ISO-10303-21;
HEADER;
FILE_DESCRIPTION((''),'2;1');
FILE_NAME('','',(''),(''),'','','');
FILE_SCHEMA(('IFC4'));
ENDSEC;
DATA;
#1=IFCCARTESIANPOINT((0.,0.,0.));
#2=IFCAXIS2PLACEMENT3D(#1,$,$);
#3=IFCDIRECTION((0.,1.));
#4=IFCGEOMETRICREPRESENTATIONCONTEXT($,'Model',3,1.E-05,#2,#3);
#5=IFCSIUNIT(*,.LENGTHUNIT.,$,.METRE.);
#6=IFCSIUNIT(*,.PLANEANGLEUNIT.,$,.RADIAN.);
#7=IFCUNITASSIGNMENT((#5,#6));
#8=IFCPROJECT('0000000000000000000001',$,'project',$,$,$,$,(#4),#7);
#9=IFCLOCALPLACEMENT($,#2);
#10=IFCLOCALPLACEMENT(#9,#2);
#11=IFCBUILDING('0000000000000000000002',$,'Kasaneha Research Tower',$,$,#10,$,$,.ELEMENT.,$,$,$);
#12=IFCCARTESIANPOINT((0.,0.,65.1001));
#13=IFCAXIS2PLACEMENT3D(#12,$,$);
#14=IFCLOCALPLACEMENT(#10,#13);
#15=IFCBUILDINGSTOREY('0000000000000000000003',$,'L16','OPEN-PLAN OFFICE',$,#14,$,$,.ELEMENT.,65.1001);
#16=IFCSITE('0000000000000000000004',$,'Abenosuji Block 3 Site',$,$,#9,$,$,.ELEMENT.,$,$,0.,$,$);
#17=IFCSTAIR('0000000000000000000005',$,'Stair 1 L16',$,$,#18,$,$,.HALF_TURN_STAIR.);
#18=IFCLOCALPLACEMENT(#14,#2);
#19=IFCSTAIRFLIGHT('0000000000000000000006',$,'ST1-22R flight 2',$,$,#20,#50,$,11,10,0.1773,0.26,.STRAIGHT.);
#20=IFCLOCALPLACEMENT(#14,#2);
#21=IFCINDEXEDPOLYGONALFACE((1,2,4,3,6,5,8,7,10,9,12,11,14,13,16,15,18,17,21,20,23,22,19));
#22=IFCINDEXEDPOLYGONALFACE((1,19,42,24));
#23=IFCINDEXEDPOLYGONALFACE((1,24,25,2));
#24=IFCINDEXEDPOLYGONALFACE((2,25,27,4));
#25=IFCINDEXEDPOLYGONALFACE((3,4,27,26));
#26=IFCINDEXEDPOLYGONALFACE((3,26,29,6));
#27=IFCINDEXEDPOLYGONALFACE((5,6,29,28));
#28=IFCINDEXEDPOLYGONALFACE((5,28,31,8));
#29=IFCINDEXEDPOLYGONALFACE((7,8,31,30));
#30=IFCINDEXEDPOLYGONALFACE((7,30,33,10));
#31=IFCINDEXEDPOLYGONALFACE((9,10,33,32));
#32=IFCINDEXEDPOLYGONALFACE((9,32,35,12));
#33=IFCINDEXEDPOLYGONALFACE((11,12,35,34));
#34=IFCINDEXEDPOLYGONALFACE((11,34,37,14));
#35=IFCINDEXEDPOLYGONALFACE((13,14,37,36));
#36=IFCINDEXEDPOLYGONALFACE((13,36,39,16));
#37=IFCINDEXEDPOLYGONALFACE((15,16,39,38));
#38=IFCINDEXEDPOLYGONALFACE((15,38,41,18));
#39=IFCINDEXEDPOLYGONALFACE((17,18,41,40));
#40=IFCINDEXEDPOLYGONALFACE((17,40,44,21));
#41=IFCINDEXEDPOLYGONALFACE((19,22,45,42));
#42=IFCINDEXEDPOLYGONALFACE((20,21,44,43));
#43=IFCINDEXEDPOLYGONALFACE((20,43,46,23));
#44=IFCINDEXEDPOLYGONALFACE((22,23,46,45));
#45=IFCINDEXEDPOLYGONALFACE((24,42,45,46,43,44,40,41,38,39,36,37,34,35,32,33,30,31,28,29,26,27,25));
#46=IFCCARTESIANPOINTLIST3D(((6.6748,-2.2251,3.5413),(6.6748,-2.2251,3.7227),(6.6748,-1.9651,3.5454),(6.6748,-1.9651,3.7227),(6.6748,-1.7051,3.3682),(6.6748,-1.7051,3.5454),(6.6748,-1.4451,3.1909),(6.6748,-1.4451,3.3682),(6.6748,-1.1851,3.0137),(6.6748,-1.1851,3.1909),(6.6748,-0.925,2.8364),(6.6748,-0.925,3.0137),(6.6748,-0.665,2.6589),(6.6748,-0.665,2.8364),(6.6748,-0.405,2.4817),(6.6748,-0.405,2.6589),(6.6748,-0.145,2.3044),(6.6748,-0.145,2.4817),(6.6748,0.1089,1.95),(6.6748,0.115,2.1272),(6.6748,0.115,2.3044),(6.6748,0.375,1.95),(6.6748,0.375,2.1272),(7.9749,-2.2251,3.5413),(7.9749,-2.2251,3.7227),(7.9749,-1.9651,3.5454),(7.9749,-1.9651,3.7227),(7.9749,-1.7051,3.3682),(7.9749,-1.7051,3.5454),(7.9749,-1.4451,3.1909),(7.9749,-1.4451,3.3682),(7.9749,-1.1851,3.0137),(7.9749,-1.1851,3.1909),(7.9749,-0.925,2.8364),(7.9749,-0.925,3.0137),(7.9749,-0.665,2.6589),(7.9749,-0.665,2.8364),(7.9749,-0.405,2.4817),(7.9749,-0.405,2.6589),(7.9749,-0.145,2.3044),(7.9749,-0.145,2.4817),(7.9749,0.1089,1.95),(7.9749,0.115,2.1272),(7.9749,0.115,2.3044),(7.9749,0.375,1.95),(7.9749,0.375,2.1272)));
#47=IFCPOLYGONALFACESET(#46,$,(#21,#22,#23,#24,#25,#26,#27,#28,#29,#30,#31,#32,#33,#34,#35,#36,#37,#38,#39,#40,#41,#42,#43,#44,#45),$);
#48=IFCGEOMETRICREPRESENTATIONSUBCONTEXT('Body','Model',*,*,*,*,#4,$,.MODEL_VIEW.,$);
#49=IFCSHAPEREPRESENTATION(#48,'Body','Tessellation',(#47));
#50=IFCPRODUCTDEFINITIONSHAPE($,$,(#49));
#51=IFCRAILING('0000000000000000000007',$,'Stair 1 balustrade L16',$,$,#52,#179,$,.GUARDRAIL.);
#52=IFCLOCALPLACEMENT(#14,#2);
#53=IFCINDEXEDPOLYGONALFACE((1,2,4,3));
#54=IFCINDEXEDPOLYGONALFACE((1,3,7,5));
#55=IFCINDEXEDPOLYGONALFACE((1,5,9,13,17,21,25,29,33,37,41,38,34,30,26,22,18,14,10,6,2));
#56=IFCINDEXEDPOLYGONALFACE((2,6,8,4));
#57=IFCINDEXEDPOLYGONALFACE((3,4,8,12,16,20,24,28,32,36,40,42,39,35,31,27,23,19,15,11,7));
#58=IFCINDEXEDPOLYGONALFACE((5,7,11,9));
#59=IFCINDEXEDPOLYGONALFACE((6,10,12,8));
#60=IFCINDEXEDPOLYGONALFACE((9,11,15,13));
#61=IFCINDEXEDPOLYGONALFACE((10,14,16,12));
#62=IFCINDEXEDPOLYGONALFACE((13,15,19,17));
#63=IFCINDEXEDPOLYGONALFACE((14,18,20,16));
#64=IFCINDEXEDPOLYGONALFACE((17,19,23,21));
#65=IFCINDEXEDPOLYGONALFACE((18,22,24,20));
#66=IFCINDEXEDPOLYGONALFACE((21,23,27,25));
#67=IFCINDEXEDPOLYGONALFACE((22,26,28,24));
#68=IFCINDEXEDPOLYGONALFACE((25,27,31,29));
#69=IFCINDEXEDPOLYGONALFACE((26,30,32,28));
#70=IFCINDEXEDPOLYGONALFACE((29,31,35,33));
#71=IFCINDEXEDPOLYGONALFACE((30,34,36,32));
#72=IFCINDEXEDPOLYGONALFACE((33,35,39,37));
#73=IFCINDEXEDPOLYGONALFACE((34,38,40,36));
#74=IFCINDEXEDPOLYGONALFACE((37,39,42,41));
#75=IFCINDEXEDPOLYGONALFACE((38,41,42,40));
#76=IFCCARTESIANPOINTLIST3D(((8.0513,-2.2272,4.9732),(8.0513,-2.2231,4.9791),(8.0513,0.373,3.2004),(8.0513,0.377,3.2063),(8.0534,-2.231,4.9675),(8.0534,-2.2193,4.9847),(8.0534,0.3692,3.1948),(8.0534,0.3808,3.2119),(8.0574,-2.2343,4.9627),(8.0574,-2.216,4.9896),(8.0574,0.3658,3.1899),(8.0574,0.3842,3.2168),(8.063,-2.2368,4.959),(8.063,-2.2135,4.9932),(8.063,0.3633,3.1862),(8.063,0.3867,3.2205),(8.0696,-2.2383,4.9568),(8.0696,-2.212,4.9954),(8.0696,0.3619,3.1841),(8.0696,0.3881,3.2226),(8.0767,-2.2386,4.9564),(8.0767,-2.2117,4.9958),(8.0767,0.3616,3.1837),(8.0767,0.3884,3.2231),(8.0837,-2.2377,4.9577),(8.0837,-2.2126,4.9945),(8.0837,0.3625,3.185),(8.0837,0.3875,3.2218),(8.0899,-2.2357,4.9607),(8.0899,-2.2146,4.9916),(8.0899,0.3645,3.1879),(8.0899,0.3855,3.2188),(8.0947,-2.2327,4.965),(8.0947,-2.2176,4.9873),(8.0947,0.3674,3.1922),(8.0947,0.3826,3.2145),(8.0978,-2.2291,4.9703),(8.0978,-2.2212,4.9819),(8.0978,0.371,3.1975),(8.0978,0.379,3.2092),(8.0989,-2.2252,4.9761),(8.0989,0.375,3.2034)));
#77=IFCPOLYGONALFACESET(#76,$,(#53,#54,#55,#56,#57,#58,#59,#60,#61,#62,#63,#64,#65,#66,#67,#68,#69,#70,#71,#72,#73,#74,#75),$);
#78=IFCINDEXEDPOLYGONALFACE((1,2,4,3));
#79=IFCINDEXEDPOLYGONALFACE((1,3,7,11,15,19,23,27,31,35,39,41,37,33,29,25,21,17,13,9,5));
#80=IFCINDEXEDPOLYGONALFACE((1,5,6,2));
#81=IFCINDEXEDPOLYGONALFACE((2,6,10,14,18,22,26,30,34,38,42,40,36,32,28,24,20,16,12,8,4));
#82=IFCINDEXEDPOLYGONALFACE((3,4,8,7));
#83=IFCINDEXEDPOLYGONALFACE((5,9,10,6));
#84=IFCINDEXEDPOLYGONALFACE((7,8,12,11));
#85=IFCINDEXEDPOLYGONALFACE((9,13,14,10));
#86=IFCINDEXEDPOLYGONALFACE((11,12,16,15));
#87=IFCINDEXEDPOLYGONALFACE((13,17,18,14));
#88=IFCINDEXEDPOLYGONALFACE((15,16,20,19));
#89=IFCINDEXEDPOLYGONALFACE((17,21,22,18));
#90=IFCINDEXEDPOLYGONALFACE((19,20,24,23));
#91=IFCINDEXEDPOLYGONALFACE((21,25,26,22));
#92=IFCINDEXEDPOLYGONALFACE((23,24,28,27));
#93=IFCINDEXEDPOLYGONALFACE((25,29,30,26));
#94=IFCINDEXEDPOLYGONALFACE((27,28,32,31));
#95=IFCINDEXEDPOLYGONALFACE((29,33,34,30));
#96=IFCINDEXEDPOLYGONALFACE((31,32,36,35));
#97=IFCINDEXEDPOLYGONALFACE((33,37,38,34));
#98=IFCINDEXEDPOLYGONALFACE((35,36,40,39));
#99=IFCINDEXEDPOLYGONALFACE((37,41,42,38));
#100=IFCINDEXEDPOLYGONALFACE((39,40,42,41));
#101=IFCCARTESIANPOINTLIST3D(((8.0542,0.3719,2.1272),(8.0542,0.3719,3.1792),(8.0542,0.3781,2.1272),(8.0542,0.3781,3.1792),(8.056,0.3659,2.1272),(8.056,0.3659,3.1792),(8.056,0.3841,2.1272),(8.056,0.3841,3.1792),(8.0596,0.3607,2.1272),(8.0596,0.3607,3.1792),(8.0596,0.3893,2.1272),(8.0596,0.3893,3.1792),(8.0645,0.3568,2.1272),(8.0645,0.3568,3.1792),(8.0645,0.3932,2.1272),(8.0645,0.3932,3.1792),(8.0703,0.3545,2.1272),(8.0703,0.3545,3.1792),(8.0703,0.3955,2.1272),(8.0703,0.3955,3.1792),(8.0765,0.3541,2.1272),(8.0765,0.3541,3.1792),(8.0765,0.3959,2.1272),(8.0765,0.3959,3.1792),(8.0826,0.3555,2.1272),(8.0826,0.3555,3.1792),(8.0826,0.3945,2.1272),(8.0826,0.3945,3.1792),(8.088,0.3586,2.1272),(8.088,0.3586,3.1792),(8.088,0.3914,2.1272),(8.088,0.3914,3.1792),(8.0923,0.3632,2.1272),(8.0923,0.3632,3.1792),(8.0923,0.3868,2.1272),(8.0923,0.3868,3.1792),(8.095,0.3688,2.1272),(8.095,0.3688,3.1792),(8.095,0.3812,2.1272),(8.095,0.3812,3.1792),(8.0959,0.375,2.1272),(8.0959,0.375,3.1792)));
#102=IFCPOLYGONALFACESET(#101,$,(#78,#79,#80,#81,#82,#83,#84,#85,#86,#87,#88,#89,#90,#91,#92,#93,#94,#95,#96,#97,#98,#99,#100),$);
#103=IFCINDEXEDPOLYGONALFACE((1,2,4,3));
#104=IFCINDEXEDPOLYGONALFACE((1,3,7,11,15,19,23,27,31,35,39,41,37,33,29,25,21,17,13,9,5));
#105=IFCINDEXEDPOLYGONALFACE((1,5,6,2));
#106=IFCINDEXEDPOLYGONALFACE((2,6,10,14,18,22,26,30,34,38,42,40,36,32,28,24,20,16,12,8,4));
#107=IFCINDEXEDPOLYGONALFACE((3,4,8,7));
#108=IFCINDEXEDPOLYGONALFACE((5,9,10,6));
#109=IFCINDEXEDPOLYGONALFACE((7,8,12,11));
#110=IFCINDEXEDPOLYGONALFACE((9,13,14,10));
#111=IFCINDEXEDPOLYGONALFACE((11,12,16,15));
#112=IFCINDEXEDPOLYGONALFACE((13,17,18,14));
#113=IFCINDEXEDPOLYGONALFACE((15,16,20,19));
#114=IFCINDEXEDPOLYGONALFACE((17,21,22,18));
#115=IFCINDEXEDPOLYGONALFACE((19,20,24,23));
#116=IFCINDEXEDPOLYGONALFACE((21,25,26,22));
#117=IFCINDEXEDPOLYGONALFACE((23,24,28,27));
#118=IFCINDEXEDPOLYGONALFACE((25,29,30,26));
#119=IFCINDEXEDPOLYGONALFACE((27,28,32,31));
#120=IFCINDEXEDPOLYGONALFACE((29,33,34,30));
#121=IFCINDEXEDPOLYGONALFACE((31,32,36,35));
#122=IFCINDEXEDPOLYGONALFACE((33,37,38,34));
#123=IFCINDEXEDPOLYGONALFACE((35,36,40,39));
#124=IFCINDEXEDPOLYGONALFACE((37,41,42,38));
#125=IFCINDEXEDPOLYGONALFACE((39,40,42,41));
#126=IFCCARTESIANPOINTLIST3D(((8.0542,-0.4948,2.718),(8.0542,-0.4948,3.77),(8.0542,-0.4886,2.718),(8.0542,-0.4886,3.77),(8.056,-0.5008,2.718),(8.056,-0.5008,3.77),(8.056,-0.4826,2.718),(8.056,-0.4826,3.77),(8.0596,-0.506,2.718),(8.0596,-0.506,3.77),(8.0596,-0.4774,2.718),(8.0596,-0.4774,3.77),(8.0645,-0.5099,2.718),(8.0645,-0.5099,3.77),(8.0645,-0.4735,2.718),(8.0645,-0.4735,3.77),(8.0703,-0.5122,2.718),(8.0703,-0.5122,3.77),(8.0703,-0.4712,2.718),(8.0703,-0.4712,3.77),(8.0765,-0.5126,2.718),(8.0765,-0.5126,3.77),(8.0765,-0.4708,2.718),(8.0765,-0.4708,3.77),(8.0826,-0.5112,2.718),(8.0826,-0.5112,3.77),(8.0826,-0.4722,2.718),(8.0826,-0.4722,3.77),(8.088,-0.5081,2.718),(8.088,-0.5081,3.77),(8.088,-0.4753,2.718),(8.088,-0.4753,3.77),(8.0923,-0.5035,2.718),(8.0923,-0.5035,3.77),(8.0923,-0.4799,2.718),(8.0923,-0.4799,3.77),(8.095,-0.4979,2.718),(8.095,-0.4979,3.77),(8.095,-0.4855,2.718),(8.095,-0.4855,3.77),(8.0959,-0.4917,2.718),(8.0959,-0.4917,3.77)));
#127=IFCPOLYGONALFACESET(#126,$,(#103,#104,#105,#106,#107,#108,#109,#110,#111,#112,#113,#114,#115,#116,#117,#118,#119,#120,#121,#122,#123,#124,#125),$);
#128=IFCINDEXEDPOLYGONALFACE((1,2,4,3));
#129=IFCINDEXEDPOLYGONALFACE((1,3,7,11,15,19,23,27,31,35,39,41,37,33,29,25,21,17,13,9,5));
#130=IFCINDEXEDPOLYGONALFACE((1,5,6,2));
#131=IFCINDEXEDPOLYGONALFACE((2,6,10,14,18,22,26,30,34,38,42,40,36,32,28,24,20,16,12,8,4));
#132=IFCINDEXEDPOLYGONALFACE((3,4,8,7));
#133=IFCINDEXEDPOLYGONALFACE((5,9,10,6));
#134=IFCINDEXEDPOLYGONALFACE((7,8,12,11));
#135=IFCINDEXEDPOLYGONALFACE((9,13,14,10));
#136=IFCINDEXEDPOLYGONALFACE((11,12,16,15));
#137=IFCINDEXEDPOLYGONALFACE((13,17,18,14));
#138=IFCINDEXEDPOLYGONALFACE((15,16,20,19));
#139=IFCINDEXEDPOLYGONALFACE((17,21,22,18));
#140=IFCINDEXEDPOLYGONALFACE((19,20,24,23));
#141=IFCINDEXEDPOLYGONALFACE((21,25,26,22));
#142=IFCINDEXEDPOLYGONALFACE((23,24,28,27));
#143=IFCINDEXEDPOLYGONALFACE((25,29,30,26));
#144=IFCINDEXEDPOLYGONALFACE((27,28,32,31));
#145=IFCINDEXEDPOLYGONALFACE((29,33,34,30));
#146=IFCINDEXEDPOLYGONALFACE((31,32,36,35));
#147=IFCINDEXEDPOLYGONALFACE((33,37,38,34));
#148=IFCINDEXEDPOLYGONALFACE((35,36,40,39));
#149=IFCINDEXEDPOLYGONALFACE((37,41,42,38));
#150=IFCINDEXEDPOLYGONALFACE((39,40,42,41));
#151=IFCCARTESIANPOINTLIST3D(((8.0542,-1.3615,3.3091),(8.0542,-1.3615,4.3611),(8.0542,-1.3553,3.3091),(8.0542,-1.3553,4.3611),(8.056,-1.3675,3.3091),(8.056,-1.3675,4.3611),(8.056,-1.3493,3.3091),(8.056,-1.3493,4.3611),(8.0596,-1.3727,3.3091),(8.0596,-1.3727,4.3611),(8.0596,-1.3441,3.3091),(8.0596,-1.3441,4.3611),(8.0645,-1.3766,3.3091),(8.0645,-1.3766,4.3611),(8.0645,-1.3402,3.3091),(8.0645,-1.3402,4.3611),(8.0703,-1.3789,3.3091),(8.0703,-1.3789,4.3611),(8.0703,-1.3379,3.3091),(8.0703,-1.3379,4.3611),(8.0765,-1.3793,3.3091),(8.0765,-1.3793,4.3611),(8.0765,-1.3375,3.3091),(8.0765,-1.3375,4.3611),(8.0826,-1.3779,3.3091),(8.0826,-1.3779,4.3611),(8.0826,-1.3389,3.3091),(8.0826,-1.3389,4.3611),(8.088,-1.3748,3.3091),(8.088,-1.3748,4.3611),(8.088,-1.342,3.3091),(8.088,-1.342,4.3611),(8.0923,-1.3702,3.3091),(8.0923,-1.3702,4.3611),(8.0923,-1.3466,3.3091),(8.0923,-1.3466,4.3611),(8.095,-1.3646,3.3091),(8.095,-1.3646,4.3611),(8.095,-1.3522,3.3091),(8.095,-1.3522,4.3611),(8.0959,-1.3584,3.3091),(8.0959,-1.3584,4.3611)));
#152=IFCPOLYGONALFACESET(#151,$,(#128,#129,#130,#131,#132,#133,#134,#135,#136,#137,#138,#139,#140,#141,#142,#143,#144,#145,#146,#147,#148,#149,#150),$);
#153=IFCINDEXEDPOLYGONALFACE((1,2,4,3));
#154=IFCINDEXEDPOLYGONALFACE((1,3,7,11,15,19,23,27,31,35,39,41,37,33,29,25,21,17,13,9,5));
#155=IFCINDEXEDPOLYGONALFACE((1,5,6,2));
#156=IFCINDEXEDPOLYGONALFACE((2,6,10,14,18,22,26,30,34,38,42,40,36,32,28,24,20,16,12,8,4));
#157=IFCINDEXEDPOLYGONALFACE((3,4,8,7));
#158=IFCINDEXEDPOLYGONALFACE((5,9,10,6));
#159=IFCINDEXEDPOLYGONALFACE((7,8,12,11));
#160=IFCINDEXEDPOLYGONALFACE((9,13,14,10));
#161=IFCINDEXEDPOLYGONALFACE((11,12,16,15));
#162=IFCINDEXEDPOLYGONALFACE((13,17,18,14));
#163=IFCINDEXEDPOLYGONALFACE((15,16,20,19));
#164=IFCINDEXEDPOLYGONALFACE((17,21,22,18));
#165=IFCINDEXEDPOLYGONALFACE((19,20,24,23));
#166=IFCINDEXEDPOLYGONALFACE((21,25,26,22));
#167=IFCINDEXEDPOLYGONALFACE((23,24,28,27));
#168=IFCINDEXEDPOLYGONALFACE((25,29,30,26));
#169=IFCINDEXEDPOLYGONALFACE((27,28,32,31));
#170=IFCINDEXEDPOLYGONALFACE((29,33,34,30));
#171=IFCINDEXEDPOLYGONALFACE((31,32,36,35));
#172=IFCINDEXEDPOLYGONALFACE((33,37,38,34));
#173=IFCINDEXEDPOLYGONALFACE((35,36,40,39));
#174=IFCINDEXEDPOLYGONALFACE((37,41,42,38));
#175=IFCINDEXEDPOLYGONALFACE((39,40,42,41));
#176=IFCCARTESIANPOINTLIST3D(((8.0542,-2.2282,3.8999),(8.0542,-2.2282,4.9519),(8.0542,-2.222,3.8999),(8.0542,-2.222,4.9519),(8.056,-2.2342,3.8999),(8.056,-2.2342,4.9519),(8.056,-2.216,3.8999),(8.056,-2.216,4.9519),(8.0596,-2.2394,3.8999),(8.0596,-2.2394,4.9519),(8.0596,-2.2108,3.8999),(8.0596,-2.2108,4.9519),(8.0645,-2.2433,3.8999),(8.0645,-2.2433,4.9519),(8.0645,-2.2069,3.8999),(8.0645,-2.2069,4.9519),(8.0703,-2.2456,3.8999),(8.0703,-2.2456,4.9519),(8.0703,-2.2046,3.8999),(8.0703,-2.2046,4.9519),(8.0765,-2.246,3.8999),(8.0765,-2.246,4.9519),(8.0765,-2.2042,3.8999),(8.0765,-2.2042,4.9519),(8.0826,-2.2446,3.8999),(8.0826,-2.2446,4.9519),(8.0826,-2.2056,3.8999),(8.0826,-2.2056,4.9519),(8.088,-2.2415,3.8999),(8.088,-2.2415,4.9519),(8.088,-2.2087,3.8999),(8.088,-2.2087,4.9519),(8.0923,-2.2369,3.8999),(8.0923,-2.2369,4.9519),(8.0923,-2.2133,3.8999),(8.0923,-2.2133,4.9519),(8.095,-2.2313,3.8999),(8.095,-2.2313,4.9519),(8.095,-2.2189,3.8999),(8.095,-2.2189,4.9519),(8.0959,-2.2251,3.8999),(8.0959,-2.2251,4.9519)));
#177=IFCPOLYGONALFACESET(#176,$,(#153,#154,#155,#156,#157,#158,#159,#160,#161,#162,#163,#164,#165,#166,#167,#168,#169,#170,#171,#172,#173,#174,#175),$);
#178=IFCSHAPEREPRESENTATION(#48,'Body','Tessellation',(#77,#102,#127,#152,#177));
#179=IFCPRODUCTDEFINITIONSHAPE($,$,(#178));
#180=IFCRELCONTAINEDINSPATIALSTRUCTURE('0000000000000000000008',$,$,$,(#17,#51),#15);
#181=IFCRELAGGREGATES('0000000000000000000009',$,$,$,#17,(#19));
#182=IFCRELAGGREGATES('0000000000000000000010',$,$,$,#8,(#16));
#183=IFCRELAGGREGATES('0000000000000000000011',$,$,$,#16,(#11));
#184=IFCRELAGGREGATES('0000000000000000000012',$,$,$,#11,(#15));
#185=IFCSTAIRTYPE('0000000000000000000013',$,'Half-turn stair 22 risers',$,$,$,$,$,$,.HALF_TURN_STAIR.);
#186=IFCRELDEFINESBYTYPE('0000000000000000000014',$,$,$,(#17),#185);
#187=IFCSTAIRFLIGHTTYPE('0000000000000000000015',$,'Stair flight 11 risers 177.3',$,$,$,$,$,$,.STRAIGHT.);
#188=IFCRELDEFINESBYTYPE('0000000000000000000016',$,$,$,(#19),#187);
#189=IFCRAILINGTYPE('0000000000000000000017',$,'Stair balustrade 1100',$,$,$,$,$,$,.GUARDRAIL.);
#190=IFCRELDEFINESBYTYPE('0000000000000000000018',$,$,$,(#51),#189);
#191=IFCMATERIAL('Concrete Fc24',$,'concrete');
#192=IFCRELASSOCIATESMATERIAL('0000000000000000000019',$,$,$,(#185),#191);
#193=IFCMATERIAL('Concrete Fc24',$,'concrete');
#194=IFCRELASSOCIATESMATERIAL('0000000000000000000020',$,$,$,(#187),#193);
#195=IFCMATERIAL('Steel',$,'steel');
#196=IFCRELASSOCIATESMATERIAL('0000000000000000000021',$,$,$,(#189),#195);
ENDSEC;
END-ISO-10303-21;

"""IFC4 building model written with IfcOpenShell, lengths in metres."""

from ifc_helpers import new_model, si_unit, direction, frame, origin, origin_2d, place, context, subcontext, project, spatial, polyline, circle, outline, extrude, material, type_object, element, aggregate, save


model = new_model("IFC4")

# Units and contexts
model_context = context("Model", 3, precision=1e-05, world=origin(), true_north=direction((0.0, 1.0)))
body_context = subcontext(model_context, "Body", "Model", "MODEL_VIEW")
ifc_project = project(units=[si_unit("LENGTHUNIT", "METRE"), si_unit("PLANEANGLEUNIT", "RADIAN")], contexts=[model_context])

# Site, building, storey
site_placement = place(None, origin())
site = spatial("IfcSite", under=ifc_project, at=site_placement, Name="Abenosuji Block 3 Site", CompositionType="ELEMENT", RefElevation=0.0)
building_placement = place(site_placement, origin())
building = spatial("IfcBuilding", under=site, at=building_placement, Name="Kasaneha Research Tower", CompositionType="ELEMENT")
storey_placement = place(building_placement, frame((0.0, 0.0, 65.1001)))
storey = spatial("IfcBuildingStorey", under=building, at=storey_placement, Name="L16", Description="OPEN-PLAN OFFICE", CompositionType="ELEMENT", Elevation=65.1001)

# Stair, stair flight
ifc_material_1 = material(Name="Concrete Fc24", Category="concrete")
stair_type = type_object("IfcStairType", Name="Half-turn stair 22 risers", PredefinedType="HALF_TURN_STAIR", material=ifc_material_1)
stair_placement = place(storey_placement, origin())
stair = element("IfcStair", 1, at=stair_placement, inside=storey, type_object=stair_type, Name="Stair 1 L16", PredefinedType="HALF_TURN_STAIR")
ifc_material_2 = material(Name="Concrete Fc24", Category="concrete")
stair_flight_type = type_object("IfcStairFlightType", Name="Stair flight 11 risers 177.3", PredefinedType="STRAIGHT", material=ifc_material_2)
stair_flight_placement = place(storey_placement, frame((7.325, 0.375, 1.95), z_axis=(0.0, 0.0, 1.0), x_axis=(0.0, -1.0, 0.0)))
stair_flight = element("IfcStairFlight", 2, at=stair_flight_placement, type_object=stair_flight_type, Name="ST1-22R flight 2", NumberOfRisers=11, NumberOfTreads=10, PredefinedType="STRAIGHT", RiserHeight=0.1773, TreadLength=0.26, context=body_context, shape_type="SweptSolid", body=[
    extrude(outline(polyline([(0.0, 0.0), (0.0, 0.1772), (0.26, 0.1772), (0.26, 0.3545), (0.52, 0.3545), (0.52, 0.5317), (0.78, 0.5317), (0.78, 0.709), (1.04, 0.709), (1.04, 0.8865), (1.3, 0.8865), (1.3, 1.0637), (1.5601, 1.0637), (1.5601, 1.241), (1.8201, 1.241), (1.8201, 1.4182), (2.0801, 1.4182), (2.0801, 1.5955), (2.3401, 1.5955), (2.3401, 1.7727), (2.6001, 1.7727), (2.6001, 1.95), (2.6001, 1.5913), (0.2661, 0.0), (0.0, 0.0)])), frame((0.0, 0.6499, 0.0), z_axis=(0.0, -1.0, 0.0), x_axis=(1.0, 0.0, 0.0)), (0.0, 0.0, 1.0), 1.3),
])
aggregate(stair, [stair_flight])

# Railing
ifc_material_3 = material(Name="Steel", Category="steel")
railing_type_1 = type_object("IfcRailingType", Name="Stair balustrade 1100", PredefinedType="GUARDRAIL", material=ifc_material_3)
railing_1_placement = place(storey_placement, frame((8.075, 0.375, 2.1272)))
element("IfcRailing", 3, at=railing_1_placement, inside=storey, type_object=railing_type_1, Name="Stair 1 balustrade L16", PredefinedType="GUARDRAIL", context=body_context, shape_type="SweptSolid", body=[
    extrude(circle(Radius=0.0239, at=origin_2d()), frame((0.0, 0.0, 1.0762), z_axis=(0.0, -0.82624, 0.563318), x_axis=(1.0, 0.0, 0.0)), (0.0, 0.0, 1.0), 3.147),
    extrude(circle(Radius=0.021, at=origin_2d()), origin(), (0.0, 0.0, 1.0), 1.052),
    extrude(circle(Radius=0.021, at=origin_2d()), frame((0.0, -0.8667, 0.5908)), (0.0, 0.0, 1.0), 1.052),
    extrude(circle(Radius=0.021, at=origin_2d()), frame((0.0, -1.7334, 1.1819)), (0.0, 0.0, 1.0), 1.052),
    extrude(circle(Radius=0.021, at=origin_2d()), frame((0.0, -2.6001, 1.7727)), (0.0, 0.0, 1.0), 1.052),
])

save(model, "model.ifc")
